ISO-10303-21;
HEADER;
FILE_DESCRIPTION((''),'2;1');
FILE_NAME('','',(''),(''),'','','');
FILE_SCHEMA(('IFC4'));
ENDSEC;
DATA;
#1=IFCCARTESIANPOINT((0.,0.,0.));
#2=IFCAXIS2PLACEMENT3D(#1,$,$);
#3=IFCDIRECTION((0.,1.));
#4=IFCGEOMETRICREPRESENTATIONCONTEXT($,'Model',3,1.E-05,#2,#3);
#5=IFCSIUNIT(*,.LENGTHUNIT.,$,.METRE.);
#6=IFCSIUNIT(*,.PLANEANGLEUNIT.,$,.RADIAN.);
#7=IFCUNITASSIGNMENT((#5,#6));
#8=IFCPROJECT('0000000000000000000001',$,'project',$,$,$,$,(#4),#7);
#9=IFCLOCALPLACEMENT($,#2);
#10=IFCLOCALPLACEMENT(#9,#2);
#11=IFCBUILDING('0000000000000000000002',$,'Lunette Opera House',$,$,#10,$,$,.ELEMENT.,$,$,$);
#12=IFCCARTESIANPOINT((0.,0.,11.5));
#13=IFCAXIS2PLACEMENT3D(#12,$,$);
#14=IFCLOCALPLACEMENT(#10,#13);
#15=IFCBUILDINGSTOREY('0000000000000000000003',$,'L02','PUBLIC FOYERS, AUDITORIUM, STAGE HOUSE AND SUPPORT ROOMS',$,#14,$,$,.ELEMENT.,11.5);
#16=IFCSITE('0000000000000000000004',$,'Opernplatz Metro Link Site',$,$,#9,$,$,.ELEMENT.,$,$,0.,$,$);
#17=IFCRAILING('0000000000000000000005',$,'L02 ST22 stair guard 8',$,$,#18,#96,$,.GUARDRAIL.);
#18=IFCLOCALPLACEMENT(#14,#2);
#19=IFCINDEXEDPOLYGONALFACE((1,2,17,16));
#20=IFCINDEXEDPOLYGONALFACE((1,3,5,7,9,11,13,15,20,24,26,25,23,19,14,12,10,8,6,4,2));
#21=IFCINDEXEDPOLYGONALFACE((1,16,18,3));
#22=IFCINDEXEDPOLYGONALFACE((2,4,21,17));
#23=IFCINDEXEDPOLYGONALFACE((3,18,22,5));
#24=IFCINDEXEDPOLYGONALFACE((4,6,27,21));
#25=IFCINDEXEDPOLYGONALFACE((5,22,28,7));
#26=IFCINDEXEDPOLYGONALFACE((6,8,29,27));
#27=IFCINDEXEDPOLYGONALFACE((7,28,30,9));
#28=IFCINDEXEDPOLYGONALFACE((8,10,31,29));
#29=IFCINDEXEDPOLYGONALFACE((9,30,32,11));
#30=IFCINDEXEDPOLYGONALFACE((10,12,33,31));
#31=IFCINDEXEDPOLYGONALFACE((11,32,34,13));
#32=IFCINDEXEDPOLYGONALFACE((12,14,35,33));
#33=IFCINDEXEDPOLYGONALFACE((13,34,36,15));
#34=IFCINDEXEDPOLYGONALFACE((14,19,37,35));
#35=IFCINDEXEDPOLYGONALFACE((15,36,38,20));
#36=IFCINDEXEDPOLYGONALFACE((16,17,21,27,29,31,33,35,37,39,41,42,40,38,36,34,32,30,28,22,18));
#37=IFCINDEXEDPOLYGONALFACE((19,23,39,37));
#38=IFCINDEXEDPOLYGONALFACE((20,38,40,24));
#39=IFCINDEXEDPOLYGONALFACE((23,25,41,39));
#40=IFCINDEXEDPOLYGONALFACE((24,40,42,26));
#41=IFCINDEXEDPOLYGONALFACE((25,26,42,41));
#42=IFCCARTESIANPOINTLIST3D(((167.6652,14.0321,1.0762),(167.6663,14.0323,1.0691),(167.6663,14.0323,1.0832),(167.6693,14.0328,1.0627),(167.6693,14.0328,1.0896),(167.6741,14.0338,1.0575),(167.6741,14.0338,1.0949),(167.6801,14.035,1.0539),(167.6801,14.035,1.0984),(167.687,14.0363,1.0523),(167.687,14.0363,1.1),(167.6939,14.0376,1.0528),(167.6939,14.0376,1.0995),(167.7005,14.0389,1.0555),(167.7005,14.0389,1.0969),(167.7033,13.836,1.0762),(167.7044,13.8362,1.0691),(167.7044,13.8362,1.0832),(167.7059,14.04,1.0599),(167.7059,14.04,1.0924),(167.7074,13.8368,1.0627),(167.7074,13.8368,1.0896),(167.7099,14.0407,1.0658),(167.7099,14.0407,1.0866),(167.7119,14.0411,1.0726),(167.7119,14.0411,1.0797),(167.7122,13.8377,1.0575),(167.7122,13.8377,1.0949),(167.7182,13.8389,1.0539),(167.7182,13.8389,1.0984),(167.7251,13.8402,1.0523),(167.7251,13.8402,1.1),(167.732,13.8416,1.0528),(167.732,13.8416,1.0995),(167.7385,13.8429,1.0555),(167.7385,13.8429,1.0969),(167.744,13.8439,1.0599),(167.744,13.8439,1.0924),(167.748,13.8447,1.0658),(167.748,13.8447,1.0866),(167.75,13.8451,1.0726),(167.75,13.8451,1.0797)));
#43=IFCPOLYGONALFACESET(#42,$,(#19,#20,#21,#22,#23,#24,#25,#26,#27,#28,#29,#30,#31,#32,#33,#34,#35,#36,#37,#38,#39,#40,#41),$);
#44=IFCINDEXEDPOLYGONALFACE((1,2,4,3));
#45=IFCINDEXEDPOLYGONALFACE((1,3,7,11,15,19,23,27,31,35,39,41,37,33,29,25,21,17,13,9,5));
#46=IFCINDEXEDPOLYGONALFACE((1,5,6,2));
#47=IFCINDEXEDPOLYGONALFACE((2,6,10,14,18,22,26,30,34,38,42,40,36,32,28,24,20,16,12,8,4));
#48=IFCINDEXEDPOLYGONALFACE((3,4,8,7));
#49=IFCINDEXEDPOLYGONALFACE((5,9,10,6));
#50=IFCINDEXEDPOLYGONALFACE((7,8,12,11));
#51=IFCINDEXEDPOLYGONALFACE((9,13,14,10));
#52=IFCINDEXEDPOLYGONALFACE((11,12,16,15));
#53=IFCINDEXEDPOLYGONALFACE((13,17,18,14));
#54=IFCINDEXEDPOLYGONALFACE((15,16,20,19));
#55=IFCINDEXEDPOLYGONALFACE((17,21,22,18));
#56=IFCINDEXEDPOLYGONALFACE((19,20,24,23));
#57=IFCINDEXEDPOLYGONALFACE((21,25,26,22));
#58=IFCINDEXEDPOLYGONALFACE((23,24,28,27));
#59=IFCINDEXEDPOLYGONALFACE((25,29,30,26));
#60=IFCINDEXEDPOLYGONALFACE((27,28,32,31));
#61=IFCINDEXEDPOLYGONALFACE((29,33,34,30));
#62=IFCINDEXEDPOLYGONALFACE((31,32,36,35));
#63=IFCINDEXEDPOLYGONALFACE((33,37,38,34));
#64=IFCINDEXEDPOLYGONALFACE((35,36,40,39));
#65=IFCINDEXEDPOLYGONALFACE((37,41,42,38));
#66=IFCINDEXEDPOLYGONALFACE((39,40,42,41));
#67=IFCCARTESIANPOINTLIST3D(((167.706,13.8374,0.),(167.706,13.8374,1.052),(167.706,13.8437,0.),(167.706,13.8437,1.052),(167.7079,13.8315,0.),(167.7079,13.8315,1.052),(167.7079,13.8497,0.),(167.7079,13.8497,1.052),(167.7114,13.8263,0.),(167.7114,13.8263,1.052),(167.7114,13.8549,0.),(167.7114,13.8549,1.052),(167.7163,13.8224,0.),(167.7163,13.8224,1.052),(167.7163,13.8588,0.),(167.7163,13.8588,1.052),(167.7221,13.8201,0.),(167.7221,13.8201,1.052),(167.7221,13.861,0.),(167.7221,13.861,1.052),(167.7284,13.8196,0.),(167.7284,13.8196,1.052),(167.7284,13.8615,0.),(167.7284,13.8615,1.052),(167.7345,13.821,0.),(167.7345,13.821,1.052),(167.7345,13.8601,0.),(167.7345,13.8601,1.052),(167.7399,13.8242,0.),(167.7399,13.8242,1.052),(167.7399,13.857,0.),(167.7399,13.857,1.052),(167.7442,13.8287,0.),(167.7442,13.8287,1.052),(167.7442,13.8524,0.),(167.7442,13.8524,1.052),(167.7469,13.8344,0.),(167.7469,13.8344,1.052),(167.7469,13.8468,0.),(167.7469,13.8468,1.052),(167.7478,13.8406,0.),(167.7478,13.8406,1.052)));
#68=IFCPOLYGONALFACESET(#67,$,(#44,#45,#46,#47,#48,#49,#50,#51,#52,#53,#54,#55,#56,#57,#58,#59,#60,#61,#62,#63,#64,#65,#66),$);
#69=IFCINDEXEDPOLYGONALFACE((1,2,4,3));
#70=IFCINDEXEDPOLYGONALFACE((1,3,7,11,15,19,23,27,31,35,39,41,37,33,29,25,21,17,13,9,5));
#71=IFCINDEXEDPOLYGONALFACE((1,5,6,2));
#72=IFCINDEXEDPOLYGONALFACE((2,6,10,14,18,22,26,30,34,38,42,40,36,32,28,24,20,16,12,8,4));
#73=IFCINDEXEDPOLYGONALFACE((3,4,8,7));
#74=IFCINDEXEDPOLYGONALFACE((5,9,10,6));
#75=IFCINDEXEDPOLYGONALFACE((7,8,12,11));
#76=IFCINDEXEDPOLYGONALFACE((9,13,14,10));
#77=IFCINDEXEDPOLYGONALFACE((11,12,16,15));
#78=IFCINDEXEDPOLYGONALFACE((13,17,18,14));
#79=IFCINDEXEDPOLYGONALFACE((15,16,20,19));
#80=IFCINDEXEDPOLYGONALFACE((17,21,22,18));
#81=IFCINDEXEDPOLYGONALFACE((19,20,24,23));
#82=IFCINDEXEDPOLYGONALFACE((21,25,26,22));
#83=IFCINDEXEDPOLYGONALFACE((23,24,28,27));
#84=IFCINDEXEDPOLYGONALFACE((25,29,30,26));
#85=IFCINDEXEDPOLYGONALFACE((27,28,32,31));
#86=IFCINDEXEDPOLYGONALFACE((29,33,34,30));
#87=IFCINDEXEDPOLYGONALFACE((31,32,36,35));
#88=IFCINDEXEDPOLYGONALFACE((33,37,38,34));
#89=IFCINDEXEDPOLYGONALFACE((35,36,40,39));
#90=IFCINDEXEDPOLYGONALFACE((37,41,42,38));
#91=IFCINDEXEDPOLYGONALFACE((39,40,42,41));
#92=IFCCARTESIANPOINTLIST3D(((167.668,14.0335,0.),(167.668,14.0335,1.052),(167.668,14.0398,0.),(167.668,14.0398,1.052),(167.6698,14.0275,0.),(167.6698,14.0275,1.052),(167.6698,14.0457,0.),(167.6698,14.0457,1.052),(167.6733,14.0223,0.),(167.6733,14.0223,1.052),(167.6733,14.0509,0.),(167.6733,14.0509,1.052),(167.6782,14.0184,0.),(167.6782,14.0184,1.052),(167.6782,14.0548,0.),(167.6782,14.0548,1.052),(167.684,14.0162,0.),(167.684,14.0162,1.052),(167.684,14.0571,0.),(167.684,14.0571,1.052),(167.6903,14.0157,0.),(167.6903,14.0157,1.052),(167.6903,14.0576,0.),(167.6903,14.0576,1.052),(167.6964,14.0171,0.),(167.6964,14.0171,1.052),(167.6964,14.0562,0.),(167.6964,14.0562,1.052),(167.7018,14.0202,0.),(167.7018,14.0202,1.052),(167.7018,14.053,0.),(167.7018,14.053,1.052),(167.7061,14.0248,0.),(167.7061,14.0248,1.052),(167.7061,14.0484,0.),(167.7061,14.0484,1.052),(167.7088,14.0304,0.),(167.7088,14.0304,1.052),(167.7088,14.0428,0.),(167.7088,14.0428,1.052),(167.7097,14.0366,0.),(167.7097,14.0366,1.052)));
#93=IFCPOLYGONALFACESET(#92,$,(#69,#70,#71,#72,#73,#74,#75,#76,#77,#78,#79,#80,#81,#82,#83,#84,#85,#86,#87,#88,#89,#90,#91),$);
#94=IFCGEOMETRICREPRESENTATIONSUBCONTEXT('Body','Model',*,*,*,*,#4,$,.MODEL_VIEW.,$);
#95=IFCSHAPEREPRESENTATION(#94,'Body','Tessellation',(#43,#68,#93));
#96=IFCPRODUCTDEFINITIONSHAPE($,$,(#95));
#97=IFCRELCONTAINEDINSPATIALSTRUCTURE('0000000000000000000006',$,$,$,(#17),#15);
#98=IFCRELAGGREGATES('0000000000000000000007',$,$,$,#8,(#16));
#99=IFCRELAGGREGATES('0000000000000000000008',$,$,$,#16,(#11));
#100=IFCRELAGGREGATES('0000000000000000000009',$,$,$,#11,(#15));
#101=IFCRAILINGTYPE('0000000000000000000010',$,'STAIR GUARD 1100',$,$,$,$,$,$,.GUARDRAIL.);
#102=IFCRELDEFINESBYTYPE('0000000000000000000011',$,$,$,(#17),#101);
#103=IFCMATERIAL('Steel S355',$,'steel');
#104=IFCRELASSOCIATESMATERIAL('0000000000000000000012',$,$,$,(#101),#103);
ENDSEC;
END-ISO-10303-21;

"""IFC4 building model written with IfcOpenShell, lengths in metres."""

from ifc_helpers import new_model, si_unit, direction, frame, origin, origin_2d, place, context, subcontext, project, spatial, circle, extrude, material, type_object, element, save


model = new_model("IFC4")

# Units and contexts
model_context = context("Model", 3, precision=1e-05, world=origin(), true_north=direction((0.0, 1.0)))
body_context = subcontext(model_context, "Body", "Model", "MODEL_VIEW")
ifc_project = project(units=[si_unit("LENGTHUNIT", "METRE"), si_unit("PLANEANGLEUNIT", "RADIAN")], contexts=[model_context])

# Site, building, storey
site_placement = place(None, origin())
site = spatial("IfcSite", under=ifc_project, at=site_placement, Name="Opernplatz Metro Link Site", CompositionType="ELEMENT", RefElevation=0.0)
building_placement = place(site_placement, origin())
building = spatial("IfcBuilding", under=site, at=building_placement, Name="Lunette Opera House", CompositionType="ELEMENT")
storey_placement = place(building_placement, frame((0.0, 0.0, 11.5)))
storey = spatial("IfcBuildingStorey", under=building, at=storey_placement, Name="L02", Description="PUBLIC FOYERS, AUDITORIUM, STAGE HOUSE AND SUPPORT ROOMS", CompositionType="ELEMENT", Elevation=11.5)

# Railing
ifc_material_1 = material(Name="Steel S355", Category="steel")
railing_type_1 = type_object("IfcRailingType", Name="STAIR GUARD 1100", PredefinedType="GUARDRAIL", material=ifc_material_1)
railing_1_placement = place(storey_placement, frame((167.7268, 13.8406, 0.0)))
element("IfcRailing", 1, at=railing_1_placement, inside=storey, type_object=railing_type_1, Name="L02 ST22 stair guard 8", PredefinedType="GUARDRAIL", context=body_context, shape_type="SweptSolid", body=[
    extrude(circle(Radius=0.0239, at=origin_2d()), frame((0.0, 0.0, 1.0762), z_axis=(-0.190706, 0.981647, 0.0), x_axis=(-0.981647, -0.190706, 0.0)), (0.0, 0.0, 1.0), 0.1997),
    extrude(circle(Radius=0.021, at=origin_2d()), origin(), (0.0, 0.0, 1.0), 1.052),
    extrude(circle(Radius=0.021, at=origin_2d()), frame((-0.0381, 0.196, 0.0)), (0.0, 0.0, 1.0), 1.052),
])

save(model, "model.ifc")
